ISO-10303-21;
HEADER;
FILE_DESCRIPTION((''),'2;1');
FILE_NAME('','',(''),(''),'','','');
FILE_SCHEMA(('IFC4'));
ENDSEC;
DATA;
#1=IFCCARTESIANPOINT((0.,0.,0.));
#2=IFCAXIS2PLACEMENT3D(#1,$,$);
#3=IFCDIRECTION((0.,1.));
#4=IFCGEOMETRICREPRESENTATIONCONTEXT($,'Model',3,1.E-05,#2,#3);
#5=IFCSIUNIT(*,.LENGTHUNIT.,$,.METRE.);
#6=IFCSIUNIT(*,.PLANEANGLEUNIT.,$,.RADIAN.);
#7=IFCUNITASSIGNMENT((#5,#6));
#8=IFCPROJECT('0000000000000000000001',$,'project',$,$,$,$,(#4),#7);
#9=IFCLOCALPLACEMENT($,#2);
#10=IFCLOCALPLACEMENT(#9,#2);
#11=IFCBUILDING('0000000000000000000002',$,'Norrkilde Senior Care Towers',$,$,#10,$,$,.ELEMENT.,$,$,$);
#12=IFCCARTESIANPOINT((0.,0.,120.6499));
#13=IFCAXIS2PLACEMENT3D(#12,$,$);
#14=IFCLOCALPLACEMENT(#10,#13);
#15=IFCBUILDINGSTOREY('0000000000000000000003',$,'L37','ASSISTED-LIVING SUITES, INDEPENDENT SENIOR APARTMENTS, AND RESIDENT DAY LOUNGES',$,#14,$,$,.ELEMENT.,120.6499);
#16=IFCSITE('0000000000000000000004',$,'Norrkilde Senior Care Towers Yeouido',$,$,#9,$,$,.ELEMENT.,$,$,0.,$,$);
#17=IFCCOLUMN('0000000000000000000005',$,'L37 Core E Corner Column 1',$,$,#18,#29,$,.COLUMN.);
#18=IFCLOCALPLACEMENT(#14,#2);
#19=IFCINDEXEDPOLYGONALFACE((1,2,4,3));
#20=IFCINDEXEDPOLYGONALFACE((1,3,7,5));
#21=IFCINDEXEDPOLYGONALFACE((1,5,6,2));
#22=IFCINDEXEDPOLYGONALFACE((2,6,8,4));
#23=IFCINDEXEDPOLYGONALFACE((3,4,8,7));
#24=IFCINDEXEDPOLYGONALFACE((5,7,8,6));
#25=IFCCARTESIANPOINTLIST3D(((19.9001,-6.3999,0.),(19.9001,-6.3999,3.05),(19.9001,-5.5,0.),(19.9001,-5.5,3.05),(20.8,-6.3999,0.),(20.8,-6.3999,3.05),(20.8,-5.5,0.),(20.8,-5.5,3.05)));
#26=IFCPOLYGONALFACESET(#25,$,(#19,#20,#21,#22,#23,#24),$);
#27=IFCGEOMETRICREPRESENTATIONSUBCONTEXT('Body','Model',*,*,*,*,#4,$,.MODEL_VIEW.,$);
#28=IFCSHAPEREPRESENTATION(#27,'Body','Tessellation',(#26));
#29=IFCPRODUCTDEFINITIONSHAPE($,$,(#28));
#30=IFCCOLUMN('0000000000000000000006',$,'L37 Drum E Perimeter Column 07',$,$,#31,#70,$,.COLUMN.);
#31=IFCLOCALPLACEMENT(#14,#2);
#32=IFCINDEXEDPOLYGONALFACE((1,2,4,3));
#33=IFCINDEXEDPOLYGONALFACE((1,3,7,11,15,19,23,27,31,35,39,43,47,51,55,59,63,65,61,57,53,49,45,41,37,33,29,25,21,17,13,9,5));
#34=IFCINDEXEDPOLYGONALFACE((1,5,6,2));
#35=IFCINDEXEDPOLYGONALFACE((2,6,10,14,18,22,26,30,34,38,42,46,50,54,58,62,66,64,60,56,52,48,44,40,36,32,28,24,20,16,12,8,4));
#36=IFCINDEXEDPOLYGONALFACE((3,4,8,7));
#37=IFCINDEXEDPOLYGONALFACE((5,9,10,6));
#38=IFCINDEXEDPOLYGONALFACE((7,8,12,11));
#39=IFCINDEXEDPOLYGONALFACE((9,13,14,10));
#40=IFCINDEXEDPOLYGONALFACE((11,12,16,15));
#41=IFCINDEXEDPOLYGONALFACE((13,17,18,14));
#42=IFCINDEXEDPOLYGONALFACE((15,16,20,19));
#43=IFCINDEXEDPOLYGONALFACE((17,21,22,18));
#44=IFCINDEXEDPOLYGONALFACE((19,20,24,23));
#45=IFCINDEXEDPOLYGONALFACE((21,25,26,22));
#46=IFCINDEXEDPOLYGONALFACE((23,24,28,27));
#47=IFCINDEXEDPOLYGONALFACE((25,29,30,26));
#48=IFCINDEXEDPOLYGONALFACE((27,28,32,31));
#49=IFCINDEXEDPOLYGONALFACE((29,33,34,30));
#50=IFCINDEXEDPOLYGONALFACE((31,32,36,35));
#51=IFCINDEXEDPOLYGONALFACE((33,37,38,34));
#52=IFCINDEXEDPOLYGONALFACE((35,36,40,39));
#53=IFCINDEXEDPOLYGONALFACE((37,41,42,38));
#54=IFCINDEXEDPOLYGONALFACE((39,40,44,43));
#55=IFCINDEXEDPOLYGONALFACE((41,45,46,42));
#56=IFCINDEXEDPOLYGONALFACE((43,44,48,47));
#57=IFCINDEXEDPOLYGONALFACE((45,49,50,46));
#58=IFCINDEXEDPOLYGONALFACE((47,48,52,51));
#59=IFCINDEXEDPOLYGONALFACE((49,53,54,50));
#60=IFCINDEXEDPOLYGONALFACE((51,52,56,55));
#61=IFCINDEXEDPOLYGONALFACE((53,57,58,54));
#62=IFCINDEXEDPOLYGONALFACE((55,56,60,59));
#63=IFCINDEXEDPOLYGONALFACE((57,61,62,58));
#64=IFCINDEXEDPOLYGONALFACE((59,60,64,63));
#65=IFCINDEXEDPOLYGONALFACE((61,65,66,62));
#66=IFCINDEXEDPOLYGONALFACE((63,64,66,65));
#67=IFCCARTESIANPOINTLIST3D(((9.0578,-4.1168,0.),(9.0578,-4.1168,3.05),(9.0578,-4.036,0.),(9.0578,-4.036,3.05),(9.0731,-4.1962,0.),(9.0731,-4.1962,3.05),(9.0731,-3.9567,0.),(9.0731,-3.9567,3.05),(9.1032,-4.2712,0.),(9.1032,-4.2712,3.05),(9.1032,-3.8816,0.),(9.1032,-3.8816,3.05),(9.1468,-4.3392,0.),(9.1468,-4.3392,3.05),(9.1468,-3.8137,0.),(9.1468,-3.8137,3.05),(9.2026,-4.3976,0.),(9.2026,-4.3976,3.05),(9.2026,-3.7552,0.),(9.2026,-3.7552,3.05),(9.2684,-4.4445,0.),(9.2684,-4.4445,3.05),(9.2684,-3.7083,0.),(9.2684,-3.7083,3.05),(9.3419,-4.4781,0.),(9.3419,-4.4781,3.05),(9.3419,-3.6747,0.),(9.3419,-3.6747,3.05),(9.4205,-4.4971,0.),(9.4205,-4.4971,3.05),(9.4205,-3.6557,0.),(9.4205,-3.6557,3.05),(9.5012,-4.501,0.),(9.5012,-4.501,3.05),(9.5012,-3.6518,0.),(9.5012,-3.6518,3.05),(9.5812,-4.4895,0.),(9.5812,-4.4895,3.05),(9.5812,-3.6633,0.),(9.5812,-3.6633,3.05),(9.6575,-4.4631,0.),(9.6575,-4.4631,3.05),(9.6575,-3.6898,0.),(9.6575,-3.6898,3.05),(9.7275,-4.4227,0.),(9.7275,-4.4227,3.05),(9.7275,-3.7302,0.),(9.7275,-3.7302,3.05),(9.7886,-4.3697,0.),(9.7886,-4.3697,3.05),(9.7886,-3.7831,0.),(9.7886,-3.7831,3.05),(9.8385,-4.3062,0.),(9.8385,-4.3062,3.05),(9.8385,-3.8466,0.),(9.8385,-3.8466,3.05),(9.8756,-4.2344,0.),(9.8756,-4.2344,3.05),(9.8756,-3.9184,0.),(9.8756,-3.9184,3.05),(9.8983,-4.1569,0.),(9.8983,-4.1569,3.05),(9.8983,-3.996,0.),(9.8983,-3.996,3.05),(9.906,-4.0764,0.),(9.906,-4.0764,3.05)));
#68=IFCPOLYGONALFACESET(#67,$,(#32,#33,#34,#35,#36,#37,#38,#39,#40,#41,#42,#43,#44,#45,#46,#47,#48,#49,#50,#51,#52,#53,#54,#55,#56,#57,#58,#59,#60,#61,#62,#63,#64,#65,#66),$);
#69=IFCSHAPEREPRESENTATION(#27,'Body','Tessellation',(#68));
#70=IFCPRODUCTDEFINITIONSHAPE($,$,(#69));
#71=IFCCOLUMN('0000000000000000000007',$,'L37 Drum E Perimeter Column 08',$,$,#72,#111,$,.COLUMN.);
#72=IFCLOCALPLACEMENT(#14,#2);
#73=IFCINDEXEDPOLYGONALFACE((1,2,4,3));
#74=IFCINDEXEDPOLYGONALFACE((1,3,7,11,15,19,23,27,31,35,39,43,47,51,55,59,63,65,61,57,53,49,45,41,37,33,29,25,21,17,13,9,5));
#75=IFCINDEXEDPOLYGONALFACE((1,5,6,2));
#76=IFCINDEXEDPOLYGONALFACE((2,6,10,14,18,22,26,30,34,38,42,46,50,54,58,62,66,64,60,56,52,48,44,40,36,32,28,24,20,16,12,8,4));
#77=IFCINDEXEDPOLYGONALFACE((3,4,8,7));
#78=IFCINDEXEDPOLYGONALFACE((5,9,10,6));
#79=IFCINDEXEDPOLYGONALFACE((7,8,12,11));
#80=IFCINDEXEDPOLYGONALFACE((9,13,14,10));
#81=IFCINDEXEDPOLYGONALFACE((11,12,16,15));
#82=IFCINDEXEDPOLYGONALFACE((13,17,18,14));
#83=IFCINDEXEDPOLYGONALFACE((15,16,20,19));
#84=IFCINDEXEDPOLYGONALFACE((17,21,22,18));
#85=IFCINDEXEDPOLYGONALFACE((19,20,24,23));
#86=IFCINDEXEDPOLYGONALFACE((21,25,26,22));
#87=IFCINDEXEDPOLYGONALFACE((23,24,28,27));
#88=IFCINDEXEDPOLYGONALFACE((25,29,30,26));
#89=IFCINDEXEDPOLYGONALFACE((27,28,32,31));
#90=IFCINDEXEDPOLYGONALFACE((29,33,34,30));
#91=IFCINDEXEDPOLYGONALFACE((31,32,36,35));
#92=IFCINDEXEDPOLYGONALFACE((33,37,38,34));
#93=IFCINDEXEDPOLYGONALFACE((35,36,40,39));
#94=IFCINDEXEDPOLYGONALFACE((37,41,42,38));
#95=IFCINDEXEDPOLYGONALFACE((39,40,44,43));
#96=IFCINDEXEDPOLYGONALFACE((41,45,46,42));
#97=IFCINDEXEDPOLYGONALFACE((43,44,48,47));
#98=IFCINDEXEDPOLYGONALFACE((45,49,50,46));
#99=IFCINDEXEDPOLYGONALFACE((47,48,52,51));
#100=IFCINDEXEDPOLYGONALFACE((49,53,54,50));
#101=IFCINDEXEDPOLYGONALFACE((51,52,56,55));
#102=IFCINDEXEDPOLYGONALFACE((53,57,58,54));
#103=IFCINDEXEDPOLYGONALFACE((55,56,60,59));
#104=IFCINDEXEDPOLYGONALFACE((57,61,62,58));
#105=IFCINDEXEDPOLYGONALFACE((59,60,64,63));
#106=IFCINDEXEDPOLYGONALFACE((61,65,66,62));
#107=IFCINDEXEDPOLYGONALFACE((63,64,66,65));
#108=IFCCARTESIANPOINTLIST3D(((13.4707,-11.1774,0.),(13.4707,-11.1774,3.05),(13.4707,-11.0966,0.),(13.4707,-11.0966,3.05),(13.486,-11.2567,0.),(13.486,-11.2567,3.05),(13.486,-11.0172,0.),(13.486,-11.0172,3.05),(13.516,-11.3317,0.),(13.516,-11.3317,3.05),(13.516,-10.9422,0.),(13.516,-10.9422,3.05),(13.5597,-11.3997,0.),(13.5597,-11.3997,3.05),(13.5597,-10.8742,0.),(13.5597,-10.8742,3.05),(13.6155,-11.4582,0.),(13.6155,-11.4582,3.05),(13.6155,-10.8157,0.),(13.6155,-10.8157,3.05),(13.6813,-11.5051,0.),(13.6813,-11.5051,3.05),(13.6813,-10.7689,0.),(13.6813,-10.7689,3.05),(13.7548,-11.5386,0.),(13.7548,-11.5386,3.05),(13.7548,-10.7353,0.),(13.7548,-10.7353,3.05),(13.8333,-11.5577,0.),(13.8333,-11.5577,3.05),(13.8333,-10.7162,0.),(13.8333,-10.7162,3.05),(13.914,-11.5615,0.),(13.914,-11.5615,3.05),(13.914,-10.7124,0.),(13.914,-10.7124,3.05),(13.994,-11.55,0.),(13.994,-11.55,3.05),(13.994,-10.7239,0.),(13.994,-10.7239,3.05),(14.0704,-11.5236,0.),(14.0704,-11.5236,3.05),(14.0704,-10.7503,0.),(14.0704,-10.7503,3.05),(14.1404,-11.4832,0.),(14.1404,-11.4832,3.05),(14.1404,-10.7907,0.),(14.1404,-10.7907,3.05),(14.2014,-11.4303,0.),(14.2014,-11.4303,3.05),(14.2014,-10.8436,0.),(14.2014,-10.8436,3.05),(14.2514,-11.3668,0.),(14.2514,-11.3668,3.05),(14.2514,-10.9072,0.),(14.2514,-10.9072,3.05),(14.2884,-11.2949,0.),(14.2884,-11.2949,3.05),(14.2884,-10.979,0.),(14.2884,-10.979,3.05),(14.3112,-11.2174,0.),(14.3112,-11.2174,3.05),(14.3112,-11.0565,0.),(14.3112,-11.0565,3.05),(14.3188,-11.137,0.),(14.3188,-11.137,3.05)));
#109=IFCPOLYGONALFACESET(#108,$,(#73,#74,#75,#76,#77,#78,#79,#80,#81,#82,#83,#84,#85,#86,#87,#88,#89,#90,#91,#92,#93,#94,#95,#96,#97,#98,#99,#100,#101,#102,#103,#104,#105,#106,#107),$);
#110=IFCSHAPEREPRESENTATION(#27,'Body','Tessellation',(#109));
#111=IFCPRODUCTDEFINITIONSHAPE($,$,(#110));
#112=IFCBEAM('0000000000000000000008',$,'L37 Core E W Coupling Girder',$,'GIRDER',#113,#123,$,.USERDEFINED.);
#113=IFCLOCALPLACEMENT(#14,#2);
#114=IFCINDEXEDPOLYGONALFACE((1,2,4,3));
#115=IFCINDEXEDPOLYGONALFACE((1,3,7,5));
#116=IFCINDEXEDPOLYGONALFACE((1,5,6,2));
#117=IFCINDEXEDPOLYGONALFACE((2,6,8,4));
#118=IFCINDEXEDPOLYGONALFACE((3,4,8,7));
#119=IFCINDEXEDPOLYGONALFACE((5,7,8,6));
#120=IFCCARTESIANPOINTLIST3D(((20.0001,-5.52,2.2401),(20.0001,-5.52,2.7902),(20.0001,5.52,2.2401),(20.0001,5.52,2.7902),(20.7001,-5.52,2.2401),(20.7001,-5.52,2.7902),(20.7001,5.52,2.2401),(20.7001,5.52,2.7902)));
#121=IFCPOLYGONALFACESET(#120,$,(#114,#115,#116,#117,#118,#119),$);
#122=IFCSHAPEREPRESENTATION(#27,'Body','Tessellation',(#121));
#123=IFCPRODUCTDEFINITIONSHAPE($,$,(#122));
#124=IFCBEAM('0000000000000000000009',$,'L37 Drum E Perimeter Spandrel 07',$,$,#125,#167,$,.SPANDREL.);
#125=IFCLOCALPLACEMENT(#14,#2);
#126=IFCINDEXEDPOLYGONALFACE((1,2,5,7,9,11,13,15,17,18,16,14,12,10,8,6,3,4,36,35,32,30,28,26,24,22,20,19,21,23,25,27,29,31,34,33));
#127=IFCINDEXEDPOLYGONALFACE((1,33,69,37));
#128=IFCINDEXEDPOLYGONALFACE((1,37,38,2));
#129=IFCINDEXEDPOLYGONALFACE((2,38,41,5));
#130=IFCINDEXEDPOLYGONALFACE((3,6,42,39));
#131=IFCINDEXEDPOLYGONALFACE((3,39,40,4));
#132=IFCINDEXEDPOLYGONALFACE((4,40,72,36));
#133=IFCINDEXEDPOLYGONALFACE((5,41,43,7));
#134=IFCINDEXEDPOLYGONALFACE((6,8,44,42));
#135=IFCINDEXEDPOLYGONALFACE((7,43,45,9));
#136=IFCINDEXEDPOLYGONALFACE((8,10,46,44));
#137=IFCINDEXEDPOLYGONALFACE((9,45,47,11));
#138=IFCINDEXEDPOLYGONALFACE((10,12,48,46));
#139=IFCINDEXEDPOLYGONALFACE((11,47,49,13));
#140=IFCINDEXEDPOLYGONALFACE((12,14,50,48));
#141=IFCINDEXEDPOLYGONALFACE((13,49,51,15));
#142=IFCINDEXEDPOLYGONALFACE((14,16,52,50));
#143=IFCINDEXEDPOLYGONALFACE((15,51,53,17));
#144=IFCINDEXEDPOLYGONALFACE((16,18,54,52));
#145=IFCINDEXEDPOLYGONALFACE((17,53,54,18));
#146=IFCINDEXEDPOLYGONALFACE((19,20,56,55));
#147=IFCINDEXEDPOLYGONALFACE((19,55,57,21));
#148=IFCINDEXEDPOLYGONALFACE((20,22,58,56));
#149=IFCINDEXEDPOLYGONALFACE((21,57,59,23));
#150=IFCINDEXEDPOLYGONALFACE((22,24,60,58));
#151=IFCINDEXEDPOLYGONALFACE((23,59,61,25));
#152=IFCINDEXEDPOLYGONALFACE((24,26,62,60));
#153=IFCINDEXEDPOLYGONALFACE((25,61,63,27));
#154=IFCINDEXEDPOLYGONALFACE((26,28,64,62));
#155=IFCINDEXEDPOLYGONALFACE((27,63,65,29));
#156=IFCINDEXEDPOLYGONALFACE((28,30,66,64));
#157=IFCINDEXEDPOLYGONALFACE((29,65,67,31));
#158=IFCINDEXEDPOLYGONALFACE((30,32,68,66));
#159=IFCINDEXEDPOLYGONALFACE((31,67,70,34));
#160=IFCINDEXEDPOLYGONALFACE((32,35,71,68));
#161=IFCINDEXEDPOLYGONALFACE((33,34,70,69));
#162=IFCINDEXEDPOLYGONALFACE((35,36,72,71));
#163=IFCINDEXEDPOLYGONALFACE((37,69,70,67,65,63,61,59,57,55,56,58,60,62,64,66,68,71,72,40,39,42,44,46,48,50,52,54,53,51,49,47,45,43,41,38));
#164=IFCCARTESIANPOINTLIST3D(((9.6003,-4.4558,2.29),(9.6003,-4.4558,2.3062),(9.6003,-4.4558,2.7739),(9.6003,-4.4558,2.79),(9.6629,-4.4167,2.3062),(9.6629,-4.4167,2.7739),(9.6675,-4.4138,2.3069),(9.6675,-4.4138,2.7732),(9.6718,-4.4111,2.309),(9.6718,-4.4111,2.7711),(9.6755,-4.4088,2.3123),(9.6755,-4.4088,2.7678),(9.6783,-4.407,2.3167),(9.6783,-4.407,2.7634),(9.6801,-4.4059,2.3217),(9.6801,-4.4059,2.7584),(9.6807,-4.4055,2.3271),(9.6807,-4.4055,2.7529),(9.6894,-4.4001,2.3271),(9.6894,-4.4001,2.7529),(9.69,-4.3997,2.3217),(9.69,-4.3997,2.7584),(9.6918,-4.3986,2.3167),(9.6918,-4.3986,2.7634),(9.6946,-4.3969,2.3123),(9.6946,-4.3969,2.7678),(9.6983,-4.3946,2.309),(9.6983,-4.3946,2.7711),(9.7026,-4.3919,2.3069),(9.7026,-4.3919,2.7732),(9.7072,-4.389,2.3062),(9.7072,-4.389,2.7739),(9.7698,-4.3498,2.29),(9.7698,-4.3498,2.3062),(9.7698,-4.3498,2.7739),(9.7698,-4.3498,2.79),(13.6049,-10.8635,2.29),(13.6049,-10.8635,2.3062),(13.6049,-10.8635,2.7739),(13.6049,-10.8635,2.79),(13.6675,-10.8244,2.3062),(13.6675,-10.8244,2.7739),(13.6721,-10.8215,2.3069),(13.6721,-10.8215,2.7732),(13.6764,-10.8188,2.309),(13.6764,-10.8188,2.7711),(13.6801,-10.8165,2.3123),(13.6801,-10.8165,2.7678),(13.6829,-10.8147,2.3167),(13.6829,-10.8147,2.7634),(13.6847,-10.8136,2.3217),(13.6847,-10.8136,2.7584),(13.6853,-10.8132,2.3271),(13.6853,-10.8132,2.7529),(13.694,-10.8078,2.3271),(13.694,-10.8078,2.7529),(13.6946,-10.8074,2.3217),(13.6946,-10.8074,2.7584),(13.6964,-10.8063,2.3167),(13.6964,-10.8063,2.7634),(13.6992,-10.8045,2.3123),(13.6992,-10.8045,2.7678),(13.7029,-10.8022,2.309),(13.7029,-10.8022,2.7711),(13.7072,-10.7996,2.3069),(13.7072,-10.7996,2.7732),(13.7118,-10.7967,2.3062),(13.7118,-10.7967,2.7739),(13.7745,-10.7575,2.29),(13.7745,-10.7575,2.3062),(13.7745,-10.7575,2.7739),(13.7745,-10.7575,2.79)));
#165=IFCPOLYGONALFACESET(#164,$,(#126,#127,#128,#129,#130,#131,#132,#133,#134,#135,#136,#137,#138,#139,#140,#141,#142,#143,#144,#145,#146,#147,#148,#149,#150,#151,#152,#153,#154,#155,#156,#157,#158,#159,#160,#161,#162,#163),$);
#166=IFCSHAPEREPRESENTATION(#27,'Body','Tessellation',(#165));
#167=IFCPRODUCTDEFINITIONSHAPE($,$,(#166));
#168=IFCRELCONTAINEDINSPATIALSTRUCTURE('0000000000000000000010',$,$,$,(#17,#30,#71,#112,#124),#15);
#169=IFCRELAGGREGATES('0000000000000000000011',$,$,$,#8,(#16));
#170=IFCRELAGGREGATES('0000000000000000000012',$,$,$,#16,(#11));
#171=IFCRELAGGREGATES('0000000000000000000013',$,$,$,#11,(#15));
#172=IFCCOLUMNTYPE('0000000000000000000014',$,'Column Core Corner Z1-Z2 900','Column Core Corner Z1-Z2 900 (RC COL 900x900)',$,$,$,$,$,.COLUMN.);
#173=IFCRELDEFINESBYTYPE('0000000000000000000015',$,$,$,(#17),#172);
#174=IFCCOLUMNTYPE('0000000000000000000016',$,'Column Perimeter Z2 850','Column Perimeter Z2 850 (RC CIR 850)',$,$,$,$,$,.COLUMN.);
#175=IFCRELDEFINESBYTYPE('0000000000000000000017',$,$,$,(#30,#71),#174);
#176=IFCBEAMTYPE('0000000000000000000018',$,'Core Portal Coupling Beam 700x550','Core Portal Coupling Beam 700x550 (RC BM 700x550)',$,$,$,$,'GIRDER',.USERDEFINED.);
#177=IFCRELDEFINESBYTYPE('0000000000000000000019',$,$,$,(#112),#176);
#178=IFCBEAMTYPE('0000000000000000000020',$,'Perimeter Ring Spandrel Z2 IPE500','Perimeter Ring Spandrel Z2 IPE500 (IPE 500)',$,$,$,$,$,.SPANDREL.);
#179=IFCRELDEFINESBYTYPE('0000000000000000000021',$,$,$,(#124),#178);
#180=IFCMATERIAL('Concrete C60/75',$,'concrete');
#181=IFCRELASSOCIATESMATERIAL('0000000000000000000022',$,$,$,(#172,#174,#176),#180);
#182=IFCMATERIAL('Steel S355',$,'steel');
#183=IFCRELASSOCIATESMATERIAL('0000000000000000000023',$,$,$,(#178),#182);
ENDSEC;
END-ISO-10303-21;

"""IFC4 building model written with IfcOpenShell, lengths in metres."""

from ifc_helpers import new_model, si_unit, direction, frame, origin, origin_2d, place, context, subcontext, project, spatial, rectangle, circle, i_section, extrude, source, transform, mapped, material, material_profile, profile_set, type_object, type_shapes, element, save


model = new_model("IFC4")

# Units and contexts
model_context = context("Model", 3, precision=1e-05, world=origin(), true_north=direction((0.0, 1.0)))
body_context = subcontext(model_context, "Body", "Model", "MODEL_VIEW")
ifc_project = project(units=[si_unit("LENGTHUNIT", "METRE"), si_unit("PLANEANGLEUNIT", "RADIAN")], contexts=[model_context])

# Site, building, storey
site_placement = place(None, origin())
site = spatial("IfcSite", under=ifc_project, at=site_placement, Name="Norrkilde Senior Care Towers Yeouido", CompositionType="ELEMENT", RefElevation=0.0)
building_placement = place(site_placement, origin())
building = spatial("IfcBuilding", under=site, at=building_placement, Name="Norrkilde Senior Care Towers", CompositionType="ELEMENT")
storey_placement = place(building_placement, frame((0.0, 0.0, 120.6499)))
storey = spatial("IfcBuildingStorey", under=building, at=storey_placement, Name="L37", Description="ASSISTED-LIVING SUITES, INDEPENDENT SENIOR APARTMENTS, AND RESIDENT DAY LOUNGES", CompositionType="ELEMENT", Elevation=120.6499)

# Columns
ifc_material_1 = material(Name="Concrete C60/75", Category="concrete")
ifc_material_profile_1 = material_profile(ifc_material_1, rectangle(XDim=0.8999, YDim=0.8999, at=origin_2d()), Name="RC COL 900x900")
ifc_profile_set_1 = profile_set([ifc_material_profile_1], Name="Concrete C60/75")
column_type_1 = type_object("IfcColumnType", Name="Column Core Corner Z1-Z2 900", Description="Column Core Corner Z1-Z2 900 (RC COL 900x900)", PredefinedType="COLUMN", material=ifc_profile_set_1)
shared_shape_1 = source(origin(), body_context, "Body", "SweptSolid", [
    extrude(rectangle(XDim=0.8999, YDim=0.8999, at=origin_2d()), origin(), (0.0, 0.0, 1.0), 3.05),
])
type_shapes(column_type_1, [shared_shape_1])
column_placement = place(storey_placement, frame((20.3501, -5.95, 0.0), z_axis=(0.0, 0.0, 1.0), x_axis=(1.0, 0.0, 0.0)))
element("IfcColumn", 1, at=column_placement, inside=storey, type_object=column_type_1, Name="L37 Core E Corner Column 1", PredefinedType="COLUMN", context=body_context, shape_type="MappedRepresentation", body=[
    mapped(shared_shape_1, transform((0.0, 0.0, 0.0), x_axis=(1.0, 0.0, 0.0), y_axis=(0.0, 1.0, 0.0), z_axis=(0.0, 0.0, 1.0), scale=1.0)),
])
ifc_material_profile_2 = material_profile(ifc_material_1, circle(Radius=0.425, at=origin_2d()), Name="RC CIR 850")
ifc_profile_set_2 = profile_set([ifc_material_profile_2], Name="Concrete C60/75")
column_type_2 = type_object("IfcColumnType", Name="Column Perimeter Z2 850", Description="Column Perimeter Z2 850 (RC CIR 850)", PredefinedType="COLUMN", material=ifc_profile_set_2)
shared_shape_2 = source(origin(), body_context, "Body", "SweptSolid", [
    extrude(circle(Radius=0.425, at=origin_2d()), origin(), (0.0, 0.0, 1.0), 3.05),
])
type_shapes(column_type_2, [shared_shape_2])
for number, where, z_axis, x_axis, name in (
    (2, (9.481, -4.0764, 0.0), (0.0, 0.0, 1.0), (1.0, 0.0, 0.0), "L37 Drum E Perimeter Column 07"),
    (3, (13.8938, -11.137, 0.0), (0.0, 0.0, 1.0), (1.0, 0.0, 0.0), "L37 Drum E Perimeter Column 08"),
):
    element("IfcColumn", number, at=place(storey_placement, frame(where, z_axis=z_axis, x_axis=x_axis)), inside=storey, type_object=column_type_2, Name=name, PredefinedType="COLUMN", context=body_context, shape_type="MappedRepresentation", body=[
        mapped(shared_shape_2, transform((0.0, 0.0, 0.0), x_axis=(1.0, 0.0, 0.0), y_axis=(0.0, 1.0, 0.0), z_axis=(0.0, 0.0, 1.0), scale=1.0)),
    ])

# Beams
ifc_material_profile_3 = material_profile(ifc_material_1, rectangle(XDim=0.7, YDim=0.55, at=origin_2d()), Name="RC BM 700x550")
ifc_profile_set_3 = profile_set([ifc_material_profile_3], Name="Concrete C60/75")
beam_type_1 = type_object("IfcBeamType", Name="Core Portal Coupling Beam 700x550", Description="Core Portal Coupling Beam 700x550 (RC BM 700x550)", ElementType="GIRDER", PredefinedType="USERDEFINED", material=ifc_profile_set_3)
shared_shape_3 = source(origin(), body_context, "Body", "SweptSolid", [
    extrude(rectangle(XDim=0.7, YDim=0.55, at=origin_2d()), origin(), (0.0, 0.0, 1.0), 11.04),
])
type_shapes(beam_type_1, [shared_shape_3])
beam_1_placement = place(storey_placement, frame((20.3501, -5.52, 2.5151), z_axis=(0.0, 1.0, 0.0), x_axis=(-1.0, 0.0, 0.0)))
element("IfcBeam", 4, at=beam_1_placement, inside=storey, type_object=beam_type_1, Name="L37 Core E W Coupling Girder", ObjectType="GIRDER", PredefinedType="USERDEFINED", context=body_context, shape_type="MappedRepresentation", body=[
    mapped(shared_shape_3, transform((0.0, 0.0, 0.0), x_axis=(1.0, 0.0, 0.0), y_axis=(0.0, 1.0, 0.0), z_axis=(0.0, 0.0, 1.0), scale=1.0)),
])
ifc_material_2 = material(Name="Steel S355", Category="steel")
ifc_material_profile_4 = material_profile(ifc_material_2, i_section(OverallWidth=0.2, OverallDepth=0.5, WebThickness=0.0103, FlangeThickness=0.0161, FilletRadius=0.021, at=origin_2d()), Name="IPE 500")
ifc_profile_set_4 = profile_set([ifc_material_profile_4], Name="Steel S355")
beam_type_2 = type_object("IfcBeamType", Name="Perimeter Ring Spandrel Z2 IPE500", Description="Perimeter Ring Spandrel Z2 IPE500 (IPE 500)", PredefinedType="SPANDREL", material=ifc_profile_set_4)
shared_shape_4 = source(origin(), body_context, "Body", "SweptSolid", [
    extrude(i_section(OverallWidth=0.2, OverallDepth=0.5, WebThickness=0.0103, FlangeThickness=0.0161, FilletRadius=0.021, at=origin_2d()), origin(), (0.0, 0.0, 1.0), 7.5562),
])
beam_2_placement = place(storey_placement, frame((9.6851, -4.4028, 2.54), z_axis=(0.529982, -0.848009, 0.0), x_axis=(0.848009, 0.529982, 0.0)))
element("IfcBeam", 5, at=beam_2_placement, inside=storey, type_object=beam_type_2, Name="L37 Drum E Perimeter Spandrel 07", PredefinedType="SPANDREL", context=body_context, shape_type="MappedRepresentation", body=[
    mapped(shared_shape_4, transform((0.0, 0.0, 0.0), x_axis=(1.0, 0.0, 0.0), y_axis=(0.0, 1.0, 0.0), z_axis=(0.0, 0.0, 1.0), scale=1.0)),
])

save(model, "model.ifc")
